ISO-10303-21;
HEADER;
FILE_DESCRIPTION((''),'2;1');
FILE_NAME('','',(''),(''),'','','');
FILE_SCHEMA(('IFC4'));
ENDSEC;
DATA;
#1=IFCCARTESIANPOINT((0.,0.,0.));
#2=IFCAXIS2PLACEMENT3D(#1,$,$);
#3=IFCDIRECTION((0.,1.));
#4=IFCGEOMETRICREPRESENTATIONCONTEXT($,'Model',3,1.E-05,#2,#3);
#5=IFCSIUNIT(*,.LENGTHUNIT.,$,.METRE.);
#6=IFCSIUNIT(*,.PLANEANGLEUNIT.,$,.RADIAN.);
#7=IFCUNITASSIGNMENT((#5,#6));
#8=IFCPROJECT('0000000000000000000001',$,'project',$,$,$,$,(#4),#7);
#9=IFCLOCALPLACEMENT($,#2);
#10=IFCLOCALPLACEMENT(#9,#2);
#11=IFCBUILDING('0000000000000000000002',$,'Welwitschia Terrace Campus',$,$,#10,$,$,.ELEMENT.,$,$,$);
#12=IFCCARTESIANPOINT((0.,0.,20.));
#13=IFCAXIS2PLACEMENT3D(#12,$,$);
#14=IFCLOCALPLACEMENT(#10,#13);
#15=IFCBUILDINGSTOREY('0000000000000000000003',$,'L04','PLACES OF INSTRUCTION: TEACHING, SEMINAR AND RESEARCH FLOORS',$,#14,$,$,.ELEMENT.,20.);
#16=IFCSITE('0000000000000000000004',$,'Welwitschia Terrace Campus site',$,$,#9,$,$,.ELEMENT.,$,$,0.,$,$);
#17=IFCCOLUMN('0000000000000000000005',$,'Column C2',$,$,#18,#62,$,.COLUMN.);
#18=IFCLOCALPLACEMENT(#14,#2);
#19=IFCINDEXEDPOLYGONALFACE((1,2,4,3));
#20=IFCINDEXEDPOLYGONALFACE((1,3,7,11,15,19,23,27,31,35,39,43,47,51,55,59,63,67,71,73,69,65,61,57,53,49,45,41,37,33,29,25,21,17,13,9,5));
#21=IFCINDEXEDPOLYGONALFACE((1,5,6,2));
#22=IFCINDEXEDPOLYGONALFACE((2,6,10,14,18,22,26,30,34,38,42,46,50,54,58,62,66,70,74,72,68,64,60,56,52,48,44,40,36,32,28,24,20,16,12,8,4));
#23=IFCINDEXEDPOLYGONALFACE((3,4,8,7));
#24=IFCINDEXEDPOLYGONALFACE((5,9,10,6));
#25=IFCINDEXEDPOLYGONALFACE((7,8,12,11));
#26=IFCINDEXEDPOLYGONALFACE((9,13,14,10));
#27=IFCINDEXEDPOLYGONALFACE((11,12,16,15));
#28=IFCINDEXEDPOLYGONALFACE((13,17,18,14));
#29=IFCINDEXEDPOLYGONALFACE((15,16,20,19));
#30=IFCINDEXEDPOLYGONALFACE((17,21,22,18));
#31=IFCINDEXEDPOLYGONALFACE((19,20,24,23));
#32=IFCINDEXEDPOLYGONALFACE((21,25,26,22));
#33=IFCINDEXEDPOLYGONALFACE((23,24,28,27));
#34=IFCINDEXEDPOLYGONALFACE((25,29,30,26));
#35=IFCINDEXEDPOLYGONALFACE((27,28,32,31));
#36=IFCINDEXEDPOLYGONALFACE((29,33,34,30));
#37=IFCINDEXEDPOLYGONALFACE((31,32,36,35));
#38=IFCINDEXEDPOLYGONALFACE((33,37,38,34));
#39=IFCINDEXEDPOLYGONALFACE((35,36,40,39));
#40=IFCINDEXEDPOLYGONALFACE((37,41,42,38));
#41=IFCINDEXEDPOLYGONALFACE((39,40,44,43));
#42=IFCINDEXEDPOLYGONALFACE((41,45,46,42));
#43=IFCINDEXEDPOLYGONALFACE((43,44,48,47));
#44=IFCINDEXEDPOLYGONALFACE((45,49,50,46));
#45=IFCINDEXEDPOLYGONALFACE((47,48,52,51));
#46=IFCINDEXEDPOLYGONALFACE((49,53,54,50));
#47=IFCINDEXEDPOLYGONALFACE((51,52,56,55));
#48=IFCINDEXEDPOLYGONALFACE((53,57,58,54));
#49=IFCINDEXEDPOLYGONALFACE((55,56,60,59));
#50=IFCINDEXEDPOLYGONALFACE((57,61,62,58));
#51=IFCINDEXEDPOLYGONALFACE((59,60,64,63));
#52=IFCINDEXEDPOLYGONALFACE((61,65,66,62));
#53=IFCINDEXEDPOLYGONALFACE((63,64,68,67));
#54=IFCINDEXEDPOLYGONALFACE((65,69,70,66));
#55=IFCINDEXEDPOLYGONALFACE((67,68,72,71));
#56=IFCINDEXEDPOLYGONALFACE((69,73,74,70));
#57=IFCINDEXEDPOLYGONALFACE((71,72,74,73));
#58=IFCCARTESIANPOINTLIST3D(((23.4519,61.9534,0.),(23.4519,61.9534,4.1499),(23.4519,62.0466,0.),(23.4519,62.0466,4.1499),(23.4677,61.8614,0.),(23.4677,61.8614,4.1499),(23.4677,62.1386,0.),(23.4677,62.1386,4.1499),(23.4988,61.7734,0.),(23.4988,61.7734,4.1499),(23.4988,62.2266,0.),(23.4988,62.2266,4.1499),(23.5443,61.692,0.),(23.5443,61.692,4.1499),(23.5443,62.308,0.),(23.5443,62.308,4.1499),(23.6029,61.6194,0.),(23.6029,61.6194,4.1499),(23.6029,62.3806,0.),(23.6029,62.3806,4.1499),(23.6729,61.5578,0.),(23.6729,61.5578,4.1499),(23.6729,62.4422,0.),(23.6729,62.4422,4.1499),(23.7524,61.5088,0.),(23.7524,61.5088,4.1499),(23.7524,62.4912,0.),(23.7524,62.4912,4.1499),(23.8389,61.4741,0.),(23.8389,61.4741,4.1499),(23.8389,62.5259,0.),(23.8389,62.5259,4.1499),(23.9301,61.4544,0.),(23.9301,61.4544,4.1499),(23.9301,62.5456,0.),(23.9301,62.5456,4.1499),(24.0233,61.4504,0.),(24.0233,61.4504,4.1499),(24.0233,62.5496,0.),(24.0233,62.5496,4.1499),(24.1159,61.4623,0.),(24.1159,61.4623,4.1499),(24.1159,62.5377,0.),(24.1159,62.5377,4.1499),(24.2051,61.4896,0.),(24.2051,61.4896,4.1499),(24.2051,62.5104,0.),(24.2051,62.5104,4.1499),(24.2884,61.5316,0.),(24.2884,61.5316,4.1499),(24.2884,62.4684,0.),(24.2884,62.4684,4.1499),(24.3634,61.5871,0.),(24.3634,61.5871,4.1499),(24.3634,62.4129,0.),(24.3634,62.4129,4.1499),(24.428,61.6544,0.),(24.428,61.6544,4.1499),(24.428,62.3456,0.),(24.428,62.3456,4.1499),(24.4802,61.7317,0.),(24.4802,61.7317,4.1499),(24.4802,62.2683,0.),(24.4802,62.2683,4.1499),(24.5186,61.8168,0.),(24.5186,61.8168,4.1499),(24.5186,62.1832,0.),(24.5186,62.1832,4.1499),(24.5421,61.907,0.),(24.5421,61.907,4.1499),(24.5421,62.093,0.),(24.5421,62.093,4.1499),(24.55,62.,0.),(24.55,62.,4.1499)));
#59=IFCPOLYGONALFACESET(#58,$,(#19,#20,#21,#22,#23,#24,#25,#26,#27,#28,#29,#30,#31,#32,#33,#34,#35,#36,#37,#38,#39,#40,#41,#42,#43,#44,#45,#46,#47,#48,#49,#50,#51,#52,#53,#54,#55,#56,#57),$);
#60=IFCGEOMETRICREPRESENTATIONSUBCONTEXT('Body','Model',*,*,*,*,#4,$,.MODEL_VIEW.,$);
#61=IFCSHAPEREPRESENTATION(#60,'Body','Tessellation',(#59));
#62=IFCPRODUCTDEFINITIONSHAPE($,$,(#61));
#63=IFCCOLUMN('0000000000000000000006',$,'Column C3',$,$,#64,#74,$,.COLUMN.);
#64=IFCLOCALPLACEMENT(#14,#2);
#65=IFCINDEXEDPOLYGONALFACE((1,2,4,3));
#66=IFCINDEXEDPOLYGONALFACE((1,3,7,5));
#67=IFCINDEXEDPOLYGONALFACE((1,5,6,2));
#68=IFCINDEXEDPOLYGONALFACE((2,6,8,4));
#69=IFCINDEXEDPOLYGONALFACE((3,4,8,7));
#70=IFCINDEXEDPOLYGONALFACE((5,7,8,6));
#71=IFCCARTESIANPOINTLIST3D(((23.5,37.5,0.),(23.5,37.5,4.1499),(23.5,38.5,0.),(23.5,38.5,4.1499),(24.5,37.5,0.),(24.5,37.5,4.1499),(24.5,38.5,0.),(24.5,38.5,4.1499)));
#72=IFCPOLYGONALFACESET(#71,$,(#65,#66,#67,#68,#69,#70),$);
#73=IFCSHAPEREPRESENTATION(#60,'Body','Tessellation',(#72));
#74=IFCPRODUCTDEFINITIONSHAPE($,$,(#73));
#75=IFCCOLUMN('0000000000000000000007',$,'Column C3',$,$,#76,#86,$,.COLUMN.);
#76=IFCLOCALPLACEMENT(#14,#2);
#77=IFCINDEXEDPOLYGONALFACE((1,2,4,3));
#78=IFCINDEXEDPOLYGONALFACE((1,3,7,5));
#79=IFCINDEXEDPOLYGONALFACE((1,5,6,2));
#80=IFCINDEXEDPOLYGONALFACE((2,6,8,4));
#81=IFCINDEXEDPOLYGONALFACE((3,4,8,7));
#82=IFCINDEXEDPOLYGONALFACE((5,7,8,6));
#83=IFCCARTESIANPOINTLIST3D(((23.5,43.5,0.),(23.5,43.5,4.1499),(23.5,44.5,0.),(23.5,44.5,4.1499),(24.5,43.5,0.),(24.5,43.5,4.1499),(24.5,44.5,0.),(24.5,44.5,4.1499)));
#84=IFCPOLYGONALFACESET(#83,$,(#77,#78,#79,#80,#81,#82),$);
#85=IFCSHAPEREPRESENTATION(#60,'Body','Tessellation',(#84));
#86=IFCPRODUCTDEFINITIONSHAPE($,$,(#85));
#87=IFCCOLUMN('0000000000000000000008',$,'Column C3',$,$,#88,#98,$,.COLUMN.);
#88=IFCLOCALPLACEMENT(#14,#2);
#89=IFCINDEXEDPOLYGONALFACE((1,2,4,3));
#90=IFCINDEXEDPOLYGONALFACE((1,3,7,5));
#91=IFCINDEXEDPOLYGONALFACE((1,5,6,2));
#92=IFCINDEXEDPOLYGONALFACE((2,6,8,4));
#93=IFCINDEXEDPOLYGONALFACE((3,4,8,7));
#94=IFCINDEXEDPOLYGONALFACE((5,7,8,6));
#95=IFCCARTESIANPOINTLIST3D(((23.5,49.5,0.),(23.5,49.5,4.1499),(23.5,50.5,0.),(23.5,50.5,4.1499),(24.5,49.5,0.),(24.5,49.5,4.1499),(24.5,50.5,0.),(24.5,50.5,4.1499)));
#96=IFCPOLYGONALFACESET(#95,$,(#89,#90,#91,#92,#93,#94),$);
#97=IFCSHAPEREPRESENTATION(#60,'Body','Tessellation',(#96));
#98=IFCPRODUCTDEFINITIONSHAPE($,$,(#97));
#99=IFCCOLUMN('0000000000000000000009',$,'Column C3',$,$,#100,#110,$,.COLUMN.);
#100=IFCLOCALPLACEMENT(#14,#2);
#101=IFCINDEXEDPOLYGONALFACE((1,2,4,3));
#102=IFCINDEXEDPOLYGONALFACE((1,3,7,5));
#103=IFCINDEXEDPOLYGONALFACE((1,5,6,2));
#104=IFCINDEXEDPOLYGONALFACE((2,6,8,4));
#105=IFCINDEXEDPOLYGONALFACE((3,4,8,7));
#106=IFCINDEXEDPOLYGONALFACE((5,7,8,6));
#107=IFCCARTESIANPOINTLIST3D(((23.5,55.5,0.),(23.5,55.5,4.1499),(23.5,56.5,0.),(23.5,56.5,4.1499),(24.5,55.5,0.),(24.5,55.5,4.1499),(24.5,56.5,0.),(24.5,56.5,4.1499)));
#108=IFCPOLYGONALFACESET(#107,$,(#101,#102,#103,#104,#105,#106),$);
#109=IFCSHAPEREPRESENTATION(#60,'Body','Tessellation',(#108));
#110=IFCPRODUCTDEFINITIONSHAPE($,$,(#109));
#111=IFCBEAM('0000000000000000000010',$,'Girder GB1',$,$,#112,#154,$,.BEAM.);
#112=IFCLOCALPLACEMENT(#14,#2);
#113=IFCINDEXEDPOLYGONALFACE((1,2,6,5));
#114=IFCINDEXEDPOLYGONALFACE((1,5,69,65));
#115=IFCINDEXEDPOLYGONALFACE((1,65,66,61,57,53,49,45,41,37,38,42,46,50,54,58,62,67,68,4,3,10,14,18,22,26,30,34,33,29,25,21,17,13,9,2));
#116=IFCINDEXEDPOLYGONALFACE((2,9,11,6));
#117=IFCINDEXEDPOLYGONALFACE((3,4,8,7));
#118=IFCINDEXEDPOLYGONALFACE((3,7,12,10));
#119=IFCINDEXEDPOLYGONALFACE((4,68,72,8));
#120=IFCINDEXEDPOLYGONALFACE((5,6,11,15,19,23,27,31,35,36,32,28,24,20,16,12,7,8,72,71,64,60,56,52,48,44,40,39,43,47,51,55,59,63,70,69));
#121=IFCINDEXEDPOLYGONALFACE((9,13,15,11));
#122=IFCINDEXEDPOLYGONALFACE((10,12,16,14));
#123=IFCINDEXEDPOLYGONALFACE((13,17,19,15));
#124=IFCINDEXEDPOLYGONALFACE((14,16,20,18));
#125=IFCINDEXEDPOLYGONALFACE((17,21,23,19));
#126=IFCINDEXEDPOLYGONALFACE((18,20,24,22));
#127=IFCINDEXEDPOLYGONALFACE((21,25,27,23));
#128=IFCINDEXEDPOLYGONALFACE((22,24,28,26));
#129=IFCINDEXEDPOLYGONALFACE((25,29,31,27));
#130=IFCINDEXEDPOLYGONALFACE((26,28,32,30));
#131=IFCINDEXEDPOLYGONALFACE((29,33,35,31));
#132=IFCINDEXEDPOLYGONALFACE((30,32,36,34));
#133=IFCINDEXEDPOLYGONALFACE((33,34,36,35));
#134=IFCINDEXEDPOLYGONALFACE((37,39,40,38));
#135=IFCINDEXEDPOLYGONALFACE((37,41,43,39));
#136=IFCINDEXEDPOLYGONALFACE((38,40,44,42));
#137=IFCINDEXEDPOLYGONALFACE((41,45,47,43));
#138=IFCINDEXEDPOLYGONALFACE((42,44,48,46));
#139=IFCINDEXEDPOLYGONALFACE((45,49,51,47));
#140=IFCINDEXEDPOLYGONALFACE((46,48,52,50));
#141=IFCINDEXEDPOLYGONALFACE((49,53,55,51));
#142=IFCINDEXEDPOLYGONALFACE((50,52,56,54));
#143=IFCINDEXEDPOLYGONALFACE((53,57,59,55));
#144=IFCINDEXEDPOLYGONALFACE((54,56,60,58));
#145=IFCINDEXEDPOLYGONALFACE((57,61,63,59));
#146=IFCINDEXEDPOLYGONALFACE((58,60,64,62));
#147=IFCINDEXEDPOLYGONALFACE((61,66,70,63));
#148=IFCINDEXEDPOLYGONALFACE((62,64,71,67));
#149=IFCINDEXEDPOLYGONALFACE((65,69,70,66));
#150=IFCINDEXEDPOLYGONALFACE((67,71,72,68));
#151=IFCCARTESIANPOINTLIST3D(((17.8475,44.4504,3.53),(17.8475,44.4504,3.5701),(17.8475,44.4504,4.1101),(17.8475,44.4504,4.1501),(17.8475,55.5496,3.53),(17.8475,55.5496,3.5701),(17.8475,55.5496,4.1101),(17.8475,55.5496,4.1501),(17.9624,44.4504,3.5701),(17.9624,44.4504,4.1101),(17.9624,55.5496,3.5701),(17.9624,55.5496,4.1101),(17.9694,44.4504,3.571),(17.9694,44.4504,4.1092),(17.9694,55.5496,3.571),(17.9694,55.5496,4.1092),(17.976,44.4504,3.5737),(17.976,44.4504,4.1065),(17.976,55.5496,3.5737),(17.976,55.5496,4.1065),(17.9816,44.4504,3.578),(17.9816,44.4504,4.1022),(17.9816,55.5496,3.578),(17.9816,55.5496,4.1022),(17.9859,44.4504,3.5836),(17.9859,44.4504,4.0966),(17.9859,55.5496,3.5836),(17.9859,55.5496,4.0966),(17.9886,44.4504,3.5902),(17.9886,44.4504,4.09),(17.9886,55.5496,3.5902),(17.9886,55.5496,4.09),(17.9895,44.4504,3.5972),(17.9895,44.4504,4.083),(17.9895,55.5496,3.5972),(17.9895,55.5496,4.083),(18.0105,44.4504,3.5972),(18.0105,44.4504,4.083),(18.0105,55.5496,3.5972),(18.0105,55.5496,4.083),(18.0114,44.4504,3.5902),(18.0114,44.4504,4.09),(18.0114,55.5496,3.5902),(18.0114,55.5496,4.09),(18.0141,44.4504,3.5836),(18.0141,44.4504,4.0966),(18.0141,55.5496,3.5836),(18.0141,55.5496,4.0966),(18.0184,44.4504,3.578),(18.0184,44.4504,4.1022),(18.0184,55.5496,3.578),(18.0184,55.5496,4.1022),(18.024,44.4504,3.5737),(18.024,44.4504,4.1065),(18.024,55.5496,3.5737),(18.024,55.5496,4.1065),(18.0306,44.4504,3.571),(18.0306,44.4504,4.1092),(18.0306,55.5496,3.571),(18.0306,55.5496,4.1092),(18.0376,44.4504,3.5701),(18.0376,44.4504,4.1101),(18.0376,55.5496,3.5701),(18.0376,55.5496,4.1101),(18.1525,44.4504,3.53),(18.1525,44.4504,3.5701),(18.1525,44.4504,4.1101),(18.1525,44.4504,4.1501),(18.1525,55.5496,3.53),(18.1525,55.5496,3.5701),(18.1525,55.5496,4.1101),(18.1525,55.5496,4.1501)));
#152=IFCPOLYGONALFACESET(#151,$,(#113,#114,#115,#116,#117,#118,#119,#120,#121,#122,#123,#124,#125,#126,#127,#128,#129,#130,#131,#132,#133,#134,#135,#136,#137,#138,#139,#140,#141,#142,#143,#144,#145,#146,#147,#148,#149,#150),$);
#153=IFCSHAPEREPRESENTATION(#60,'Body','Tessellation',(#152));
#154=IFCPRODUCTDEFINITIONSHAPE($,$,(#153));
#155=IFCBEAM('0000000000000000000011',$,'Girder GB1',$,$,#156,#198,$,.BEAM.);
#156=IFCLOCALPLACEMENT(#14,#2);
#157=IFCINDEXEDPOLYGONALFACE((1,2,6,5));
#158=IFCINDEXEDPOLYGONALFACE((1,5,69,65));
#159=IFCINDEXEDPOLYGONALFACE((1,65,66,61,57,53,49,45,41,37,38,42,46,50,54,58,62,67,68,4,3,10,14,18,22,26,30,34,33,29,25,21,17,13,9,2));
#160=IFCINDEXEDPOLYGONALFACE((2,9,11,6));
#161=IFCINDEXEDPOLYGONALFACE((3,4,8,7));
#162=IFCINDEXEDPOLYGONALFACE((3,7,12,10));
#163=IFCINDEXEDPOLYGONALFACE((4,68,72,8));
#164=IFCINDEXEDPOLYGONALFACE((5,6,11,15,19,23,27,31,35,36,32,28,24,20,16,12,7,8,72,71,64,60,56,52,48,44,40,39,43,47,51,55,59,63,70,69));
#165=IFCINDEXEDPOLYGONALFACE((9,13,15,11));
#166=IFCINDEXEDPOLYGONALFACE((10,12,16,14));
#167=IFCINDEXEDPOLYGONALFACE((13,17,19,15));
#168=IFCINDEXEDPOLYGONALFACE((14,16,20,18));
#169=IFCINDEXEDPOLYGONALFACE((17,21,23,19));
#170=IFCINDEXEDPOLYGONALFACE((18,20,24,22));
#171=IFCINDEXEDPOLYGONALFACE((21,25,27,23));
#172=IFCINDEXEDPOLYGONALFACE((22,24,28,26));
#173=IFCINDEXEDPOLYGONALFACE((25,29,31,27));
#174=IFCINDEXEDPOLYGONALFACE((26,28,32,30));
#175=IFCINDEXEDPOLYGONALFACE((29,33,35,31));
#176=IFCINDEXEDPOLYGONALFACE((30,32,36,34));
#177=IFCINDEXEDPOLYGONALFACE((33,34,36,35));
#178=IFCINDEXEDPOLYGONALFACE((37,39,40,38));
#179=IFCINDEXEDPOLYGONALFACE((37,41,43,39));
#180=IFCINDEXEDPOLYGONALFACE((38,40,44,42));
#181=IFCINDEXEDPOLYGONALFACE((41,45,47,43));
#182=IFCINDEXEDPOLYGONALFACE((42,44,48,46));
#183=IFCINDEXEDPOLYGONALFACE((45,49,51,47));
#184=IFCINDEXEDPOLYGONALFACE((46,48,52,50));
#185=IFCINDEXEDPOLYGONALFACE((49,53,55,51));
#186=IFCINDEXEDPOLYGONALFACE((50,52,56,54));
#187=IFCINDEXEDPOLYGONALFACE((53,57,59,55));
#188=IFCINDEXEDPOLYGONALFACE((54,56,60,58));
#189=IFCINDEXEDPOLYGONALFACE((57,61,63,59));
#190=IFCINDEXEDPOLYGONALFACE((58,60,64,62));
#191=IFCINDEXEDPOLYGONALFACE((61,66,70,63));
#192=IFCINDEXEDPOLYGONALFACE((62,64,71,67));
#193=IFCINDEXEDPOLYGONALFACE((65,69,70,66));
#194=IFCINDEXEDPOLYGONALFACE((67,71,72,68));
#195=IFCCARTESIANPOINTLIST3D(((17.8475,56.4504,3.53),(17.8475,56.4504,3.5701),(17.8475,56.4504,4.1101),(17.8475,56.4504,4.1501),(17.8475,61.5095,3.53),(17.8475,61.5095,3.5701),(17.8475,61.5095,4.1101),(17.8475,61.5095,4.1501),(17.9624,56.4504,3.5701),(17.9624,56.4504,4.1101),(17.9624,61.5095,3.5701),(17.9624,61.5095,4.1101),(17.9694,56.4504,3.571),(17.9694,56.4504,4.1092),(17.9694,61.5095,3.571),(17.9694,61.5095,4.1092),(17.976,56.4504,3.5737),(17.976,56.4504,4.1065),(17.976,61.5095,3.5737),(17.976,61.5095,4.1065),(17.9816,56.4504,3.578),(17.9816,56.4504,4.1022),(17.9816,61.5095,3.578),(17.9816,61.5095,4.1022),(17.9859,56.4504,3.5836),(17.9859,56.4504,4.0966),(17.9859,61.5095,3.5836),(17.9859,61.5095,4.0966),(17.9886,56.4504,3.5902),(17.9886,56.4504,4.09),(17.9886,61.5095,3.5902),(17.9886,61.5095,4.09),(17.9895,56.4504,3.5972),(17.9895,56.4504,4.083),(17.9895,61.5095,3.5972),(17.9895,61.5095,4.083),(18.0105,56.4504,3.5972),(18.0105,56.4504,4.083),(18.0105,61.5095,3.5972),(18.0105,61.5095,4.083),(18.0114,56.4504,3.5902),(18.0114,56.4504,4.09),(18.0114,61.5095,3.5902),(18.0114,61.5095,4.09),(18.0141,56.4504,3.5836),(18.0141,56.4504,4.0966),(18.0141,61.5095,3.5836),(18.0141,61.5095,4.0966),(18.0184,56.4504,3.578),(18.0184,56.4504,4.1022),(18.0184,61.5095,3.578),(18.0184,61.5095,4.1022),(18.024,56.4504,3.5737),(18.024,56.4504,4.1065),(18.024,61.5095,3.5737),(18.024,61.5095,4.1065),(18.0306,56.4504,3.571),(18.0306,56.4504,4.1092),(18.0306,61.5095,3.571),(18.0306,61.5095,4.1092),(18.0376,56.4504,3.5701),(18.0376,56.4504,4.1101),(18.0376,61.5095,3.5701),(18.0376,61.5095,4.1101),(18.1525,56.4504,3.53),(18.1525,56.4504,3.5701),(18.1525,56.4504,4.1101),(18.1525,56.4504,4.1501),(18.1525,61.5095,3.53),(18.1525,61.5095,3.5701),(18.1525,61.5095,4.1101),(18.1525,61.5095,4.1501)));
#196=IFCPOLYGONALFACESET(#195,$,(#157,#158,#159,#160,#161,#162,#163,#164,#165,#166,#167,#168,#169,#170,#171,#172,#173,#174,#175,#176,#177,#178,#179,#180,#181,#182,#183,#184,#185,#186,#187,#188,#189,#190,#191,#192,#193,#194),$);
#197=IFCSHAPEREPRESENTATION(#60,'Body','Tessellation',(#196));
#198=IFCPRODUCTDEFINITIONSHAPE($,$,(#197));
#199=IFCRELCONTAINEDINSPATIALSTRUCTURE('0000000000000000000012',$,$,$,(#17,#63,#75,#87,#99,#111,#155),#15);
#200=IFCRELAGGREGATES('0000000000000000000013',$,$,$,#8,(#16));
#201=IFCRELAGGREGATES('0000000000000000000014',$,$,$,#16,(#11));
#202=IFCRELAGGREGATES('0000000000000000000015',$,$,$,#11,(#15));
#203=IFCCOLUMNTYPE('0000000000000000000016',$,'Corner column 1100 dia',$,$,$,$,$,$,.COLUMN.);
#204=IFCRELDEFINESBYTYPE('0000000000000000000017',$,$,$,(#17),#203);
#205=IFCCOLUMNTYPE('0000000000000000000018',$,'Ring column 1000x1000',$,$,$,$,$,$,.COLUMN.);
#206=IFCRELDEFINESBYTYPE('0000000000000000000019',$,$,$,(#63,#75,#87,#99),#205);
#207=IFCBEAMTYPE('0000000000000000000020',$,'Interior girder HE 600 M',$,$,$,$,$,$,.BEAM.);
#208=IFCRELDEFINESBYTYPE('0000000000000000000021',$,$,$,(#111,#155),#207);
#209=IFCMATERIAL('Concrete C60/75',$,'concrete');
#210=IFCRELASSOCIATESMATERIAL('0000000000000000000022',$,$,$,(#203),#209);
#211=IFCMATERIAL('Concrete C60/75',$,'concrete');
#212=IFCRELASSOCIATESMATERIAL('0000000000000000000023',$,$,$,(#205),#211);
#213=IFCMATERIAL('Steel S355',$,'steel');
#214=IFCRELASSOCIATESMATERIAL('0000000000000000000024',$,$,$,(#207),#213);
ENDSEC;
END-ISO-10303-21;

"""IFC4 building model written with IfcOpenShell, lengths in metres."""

from ifc_helpers import new_model, si_unit, direction, frame, origin, origin_2d, place, context, subcontext, project, spatial, rectangle, circle, i_section, extrude, material, material_profile, profile_set, type_object, element, save


model = new_model("IFC4")

# Units and contexts
model_context = context("Model", 3, precision=1e-05, world=origin(), true_north=direction((0.0, 1.0)))
body_context = subcontext(model_context, "Body", "Model", "MODEL_VIEW")
ifc_project = project(units=[si_unit("LENGTHUNIT", "METRE"), si_unit("PLANEANGLEUNIT", "RADIAN")], contexts=[model_context])

# Site, building, storey
site_placement = place(None, origin())
site = spatial("IfcSite", under=ifc_project, at=site_placement, Name="Welwitschia Terrace Campus site", CompositionType="ELEMENT", RefElevation=0.0)
building_placement = place(site_placement, origin())
building = spatial("IfcBuilding", under=site, at=building_placement, Name="Welwitschia Terrace Campus", CompositionType="ELEMENT")
storey_placement = place(building_placement, frame((0.0, 0.0, 20.0)))
storey = spatial("IfcBuildingStorey", under=building, at=storey_placement, Name="L04", Description="PLACES OF INSTRUCTION: TEACHING, SEMINAR AND RESEARCH FLOORS", CompositionType="ELEMENT", Elevation=20.0)

# Columns
ifc_material_1 = material(Name="Concrete C60/75", Category="concrete")
ifc_material_profile_1 = material_profile(ifc_material_1, circle(Radius=0.55, at=origin_2d()))
ifc_profile_set_1 = profile_set([ifc_material_profile_1], Name="Concrete C60/75")
column_type_1 = type_object("IfcColumnType", Name="Corner column 1100 dia", PredefinedType="COLUMN", material=ifc_profile_set_1)
column_placement = place(storey_placement, frame((24.0, 62.0, 0.0), z_axis=(0.0, 0.0, 1.0), x_axis=(1.0, 0.0, 0.0)))
element("IfcColumn", 1, at=column_placement, inside=storey, type_object=column_type_1, Name="Column C2", PredefinedType="COLUMN", context=body_context, shape_type="SweptSolid", body=[
    extrude(circle(Radius=0.55, at=origin_2d()), origin(), (0.0, 0.0, 1.0), 4.1499),
])
ifc_material_2 = material(Name="Concrete C60/75", Category="concrete")
ifc_material_profile_2 = material_profile(ifc_material_2, rectangle(XDim=1.0, YDim=1.0, at=origin_2d()))
ifc_profile_set_2 = profile_set([ifc_material_profile_2], Name="Concrete C60/75")
column_type_2 = type_object("IfcColumnType", Name="Ring column 1000x1000", PredefinedType="COLUMN", material=ifc_profile_set_2)
for number, where, z_axis, x_axis, name in (
    (2, (24.0, 38.0, 0.0), (0.0, 0.0, 1.0), (1.0, 0.0, 0.0), "Column C3"),
    (3, (24.0, 44.0, 0.0), (0.0, 0.0, 1.0), (1.0, 0.0, 0.0), "Column C3"),
    (4, (24.0, 50.0, 0.0), (0.0, 0.0, 1.0), (1.0, 0.0, 0.0), "Column C3"),
    (5, (24.0, 56.0, 0.0), (0.0, 0.0, 1.0), (1.0, 0.0, 0.0), "Column C3"),
):
    element("IfcColumn", number, at=place(storey_placement, frame(where, z_axis=z_axis, x_axis=x_axis)), inside=storey, type_object=column_type_2, Name=name, PredefinedType="COLUMN", context=body_context, shape_type="SweptSolid", body=[
        extrude(rectangle(XDim=1.0, YDim=1.0, at=origin_2d()), origin(), (0.0, 0.0, 1.0), 4.1499),
    ])

# Beams
ifc_material_3 = material(Name="Steel S355", Category="steel")
ifc_material_profile_3 = material_profile(ifc_material_3, i_section(OverallWidth=0.3049, OverallDepth=0.6201, WebThickness=0.021, FlangeThickness=0.04, FilletRadius=0.0271, at=origin_2d()))
ifc_profile_set_3 = profile_set([ifc_material_profile_3], Name="Steel S355")
beam_type_1 = type_object("IfcBeamType", Name="Interior girder HE 600 M", PredefinedType="BEAM", material=ifc_profile_set_3)
beam_1_placement = place(storey_placement, frame((18.0, 44.4504, 3.8401), z_axis=(0.0, 1.0, 0.0), x_axis=(-1.0, 0.0, 0.0)))
element("IfcBeam", 6, at=beam_1_placement, inside=storey, type_object=beam_type_1, Name="Girder GB1", PredefinedType="BEAM", context=body_context, shape_type="SweptSolid", body=[
    extrude(i_section(OverallWidth=0.3049, OverallDepth=0.6201, WebThickness=0.021, FlangeThickness=0.04, FilletRadius=0.0271, at=origin_2d()), origin(), (0.0, 0.0, 1.0), 11.0991),
])
beam_2_placement = place(storey_placement, frame((18.0, 56.4504, 3.8401), z_axis=(0.0, 1.0, 0.0), x_axis=(-1.0, 0.0, 0.0)))
element("IfcBeam", 7, at=beam_2_placement, inside=storey, type_object=beam_type_1, Name="Girder GB1", PredefinedType="BEAM", context=body_context, shape_type="SweptSolid", body=[
    extrude(i_section(OverallWidth=0.3049, OverallDepth=0.6201, WebThickness=0.021, FlangeThickness=0.04, FilletRadius=0.0271, at=origin_2d()), origin(), (0.0, 0.0, 1.0), 5.0591),
])

save(model, "model.ifc")
